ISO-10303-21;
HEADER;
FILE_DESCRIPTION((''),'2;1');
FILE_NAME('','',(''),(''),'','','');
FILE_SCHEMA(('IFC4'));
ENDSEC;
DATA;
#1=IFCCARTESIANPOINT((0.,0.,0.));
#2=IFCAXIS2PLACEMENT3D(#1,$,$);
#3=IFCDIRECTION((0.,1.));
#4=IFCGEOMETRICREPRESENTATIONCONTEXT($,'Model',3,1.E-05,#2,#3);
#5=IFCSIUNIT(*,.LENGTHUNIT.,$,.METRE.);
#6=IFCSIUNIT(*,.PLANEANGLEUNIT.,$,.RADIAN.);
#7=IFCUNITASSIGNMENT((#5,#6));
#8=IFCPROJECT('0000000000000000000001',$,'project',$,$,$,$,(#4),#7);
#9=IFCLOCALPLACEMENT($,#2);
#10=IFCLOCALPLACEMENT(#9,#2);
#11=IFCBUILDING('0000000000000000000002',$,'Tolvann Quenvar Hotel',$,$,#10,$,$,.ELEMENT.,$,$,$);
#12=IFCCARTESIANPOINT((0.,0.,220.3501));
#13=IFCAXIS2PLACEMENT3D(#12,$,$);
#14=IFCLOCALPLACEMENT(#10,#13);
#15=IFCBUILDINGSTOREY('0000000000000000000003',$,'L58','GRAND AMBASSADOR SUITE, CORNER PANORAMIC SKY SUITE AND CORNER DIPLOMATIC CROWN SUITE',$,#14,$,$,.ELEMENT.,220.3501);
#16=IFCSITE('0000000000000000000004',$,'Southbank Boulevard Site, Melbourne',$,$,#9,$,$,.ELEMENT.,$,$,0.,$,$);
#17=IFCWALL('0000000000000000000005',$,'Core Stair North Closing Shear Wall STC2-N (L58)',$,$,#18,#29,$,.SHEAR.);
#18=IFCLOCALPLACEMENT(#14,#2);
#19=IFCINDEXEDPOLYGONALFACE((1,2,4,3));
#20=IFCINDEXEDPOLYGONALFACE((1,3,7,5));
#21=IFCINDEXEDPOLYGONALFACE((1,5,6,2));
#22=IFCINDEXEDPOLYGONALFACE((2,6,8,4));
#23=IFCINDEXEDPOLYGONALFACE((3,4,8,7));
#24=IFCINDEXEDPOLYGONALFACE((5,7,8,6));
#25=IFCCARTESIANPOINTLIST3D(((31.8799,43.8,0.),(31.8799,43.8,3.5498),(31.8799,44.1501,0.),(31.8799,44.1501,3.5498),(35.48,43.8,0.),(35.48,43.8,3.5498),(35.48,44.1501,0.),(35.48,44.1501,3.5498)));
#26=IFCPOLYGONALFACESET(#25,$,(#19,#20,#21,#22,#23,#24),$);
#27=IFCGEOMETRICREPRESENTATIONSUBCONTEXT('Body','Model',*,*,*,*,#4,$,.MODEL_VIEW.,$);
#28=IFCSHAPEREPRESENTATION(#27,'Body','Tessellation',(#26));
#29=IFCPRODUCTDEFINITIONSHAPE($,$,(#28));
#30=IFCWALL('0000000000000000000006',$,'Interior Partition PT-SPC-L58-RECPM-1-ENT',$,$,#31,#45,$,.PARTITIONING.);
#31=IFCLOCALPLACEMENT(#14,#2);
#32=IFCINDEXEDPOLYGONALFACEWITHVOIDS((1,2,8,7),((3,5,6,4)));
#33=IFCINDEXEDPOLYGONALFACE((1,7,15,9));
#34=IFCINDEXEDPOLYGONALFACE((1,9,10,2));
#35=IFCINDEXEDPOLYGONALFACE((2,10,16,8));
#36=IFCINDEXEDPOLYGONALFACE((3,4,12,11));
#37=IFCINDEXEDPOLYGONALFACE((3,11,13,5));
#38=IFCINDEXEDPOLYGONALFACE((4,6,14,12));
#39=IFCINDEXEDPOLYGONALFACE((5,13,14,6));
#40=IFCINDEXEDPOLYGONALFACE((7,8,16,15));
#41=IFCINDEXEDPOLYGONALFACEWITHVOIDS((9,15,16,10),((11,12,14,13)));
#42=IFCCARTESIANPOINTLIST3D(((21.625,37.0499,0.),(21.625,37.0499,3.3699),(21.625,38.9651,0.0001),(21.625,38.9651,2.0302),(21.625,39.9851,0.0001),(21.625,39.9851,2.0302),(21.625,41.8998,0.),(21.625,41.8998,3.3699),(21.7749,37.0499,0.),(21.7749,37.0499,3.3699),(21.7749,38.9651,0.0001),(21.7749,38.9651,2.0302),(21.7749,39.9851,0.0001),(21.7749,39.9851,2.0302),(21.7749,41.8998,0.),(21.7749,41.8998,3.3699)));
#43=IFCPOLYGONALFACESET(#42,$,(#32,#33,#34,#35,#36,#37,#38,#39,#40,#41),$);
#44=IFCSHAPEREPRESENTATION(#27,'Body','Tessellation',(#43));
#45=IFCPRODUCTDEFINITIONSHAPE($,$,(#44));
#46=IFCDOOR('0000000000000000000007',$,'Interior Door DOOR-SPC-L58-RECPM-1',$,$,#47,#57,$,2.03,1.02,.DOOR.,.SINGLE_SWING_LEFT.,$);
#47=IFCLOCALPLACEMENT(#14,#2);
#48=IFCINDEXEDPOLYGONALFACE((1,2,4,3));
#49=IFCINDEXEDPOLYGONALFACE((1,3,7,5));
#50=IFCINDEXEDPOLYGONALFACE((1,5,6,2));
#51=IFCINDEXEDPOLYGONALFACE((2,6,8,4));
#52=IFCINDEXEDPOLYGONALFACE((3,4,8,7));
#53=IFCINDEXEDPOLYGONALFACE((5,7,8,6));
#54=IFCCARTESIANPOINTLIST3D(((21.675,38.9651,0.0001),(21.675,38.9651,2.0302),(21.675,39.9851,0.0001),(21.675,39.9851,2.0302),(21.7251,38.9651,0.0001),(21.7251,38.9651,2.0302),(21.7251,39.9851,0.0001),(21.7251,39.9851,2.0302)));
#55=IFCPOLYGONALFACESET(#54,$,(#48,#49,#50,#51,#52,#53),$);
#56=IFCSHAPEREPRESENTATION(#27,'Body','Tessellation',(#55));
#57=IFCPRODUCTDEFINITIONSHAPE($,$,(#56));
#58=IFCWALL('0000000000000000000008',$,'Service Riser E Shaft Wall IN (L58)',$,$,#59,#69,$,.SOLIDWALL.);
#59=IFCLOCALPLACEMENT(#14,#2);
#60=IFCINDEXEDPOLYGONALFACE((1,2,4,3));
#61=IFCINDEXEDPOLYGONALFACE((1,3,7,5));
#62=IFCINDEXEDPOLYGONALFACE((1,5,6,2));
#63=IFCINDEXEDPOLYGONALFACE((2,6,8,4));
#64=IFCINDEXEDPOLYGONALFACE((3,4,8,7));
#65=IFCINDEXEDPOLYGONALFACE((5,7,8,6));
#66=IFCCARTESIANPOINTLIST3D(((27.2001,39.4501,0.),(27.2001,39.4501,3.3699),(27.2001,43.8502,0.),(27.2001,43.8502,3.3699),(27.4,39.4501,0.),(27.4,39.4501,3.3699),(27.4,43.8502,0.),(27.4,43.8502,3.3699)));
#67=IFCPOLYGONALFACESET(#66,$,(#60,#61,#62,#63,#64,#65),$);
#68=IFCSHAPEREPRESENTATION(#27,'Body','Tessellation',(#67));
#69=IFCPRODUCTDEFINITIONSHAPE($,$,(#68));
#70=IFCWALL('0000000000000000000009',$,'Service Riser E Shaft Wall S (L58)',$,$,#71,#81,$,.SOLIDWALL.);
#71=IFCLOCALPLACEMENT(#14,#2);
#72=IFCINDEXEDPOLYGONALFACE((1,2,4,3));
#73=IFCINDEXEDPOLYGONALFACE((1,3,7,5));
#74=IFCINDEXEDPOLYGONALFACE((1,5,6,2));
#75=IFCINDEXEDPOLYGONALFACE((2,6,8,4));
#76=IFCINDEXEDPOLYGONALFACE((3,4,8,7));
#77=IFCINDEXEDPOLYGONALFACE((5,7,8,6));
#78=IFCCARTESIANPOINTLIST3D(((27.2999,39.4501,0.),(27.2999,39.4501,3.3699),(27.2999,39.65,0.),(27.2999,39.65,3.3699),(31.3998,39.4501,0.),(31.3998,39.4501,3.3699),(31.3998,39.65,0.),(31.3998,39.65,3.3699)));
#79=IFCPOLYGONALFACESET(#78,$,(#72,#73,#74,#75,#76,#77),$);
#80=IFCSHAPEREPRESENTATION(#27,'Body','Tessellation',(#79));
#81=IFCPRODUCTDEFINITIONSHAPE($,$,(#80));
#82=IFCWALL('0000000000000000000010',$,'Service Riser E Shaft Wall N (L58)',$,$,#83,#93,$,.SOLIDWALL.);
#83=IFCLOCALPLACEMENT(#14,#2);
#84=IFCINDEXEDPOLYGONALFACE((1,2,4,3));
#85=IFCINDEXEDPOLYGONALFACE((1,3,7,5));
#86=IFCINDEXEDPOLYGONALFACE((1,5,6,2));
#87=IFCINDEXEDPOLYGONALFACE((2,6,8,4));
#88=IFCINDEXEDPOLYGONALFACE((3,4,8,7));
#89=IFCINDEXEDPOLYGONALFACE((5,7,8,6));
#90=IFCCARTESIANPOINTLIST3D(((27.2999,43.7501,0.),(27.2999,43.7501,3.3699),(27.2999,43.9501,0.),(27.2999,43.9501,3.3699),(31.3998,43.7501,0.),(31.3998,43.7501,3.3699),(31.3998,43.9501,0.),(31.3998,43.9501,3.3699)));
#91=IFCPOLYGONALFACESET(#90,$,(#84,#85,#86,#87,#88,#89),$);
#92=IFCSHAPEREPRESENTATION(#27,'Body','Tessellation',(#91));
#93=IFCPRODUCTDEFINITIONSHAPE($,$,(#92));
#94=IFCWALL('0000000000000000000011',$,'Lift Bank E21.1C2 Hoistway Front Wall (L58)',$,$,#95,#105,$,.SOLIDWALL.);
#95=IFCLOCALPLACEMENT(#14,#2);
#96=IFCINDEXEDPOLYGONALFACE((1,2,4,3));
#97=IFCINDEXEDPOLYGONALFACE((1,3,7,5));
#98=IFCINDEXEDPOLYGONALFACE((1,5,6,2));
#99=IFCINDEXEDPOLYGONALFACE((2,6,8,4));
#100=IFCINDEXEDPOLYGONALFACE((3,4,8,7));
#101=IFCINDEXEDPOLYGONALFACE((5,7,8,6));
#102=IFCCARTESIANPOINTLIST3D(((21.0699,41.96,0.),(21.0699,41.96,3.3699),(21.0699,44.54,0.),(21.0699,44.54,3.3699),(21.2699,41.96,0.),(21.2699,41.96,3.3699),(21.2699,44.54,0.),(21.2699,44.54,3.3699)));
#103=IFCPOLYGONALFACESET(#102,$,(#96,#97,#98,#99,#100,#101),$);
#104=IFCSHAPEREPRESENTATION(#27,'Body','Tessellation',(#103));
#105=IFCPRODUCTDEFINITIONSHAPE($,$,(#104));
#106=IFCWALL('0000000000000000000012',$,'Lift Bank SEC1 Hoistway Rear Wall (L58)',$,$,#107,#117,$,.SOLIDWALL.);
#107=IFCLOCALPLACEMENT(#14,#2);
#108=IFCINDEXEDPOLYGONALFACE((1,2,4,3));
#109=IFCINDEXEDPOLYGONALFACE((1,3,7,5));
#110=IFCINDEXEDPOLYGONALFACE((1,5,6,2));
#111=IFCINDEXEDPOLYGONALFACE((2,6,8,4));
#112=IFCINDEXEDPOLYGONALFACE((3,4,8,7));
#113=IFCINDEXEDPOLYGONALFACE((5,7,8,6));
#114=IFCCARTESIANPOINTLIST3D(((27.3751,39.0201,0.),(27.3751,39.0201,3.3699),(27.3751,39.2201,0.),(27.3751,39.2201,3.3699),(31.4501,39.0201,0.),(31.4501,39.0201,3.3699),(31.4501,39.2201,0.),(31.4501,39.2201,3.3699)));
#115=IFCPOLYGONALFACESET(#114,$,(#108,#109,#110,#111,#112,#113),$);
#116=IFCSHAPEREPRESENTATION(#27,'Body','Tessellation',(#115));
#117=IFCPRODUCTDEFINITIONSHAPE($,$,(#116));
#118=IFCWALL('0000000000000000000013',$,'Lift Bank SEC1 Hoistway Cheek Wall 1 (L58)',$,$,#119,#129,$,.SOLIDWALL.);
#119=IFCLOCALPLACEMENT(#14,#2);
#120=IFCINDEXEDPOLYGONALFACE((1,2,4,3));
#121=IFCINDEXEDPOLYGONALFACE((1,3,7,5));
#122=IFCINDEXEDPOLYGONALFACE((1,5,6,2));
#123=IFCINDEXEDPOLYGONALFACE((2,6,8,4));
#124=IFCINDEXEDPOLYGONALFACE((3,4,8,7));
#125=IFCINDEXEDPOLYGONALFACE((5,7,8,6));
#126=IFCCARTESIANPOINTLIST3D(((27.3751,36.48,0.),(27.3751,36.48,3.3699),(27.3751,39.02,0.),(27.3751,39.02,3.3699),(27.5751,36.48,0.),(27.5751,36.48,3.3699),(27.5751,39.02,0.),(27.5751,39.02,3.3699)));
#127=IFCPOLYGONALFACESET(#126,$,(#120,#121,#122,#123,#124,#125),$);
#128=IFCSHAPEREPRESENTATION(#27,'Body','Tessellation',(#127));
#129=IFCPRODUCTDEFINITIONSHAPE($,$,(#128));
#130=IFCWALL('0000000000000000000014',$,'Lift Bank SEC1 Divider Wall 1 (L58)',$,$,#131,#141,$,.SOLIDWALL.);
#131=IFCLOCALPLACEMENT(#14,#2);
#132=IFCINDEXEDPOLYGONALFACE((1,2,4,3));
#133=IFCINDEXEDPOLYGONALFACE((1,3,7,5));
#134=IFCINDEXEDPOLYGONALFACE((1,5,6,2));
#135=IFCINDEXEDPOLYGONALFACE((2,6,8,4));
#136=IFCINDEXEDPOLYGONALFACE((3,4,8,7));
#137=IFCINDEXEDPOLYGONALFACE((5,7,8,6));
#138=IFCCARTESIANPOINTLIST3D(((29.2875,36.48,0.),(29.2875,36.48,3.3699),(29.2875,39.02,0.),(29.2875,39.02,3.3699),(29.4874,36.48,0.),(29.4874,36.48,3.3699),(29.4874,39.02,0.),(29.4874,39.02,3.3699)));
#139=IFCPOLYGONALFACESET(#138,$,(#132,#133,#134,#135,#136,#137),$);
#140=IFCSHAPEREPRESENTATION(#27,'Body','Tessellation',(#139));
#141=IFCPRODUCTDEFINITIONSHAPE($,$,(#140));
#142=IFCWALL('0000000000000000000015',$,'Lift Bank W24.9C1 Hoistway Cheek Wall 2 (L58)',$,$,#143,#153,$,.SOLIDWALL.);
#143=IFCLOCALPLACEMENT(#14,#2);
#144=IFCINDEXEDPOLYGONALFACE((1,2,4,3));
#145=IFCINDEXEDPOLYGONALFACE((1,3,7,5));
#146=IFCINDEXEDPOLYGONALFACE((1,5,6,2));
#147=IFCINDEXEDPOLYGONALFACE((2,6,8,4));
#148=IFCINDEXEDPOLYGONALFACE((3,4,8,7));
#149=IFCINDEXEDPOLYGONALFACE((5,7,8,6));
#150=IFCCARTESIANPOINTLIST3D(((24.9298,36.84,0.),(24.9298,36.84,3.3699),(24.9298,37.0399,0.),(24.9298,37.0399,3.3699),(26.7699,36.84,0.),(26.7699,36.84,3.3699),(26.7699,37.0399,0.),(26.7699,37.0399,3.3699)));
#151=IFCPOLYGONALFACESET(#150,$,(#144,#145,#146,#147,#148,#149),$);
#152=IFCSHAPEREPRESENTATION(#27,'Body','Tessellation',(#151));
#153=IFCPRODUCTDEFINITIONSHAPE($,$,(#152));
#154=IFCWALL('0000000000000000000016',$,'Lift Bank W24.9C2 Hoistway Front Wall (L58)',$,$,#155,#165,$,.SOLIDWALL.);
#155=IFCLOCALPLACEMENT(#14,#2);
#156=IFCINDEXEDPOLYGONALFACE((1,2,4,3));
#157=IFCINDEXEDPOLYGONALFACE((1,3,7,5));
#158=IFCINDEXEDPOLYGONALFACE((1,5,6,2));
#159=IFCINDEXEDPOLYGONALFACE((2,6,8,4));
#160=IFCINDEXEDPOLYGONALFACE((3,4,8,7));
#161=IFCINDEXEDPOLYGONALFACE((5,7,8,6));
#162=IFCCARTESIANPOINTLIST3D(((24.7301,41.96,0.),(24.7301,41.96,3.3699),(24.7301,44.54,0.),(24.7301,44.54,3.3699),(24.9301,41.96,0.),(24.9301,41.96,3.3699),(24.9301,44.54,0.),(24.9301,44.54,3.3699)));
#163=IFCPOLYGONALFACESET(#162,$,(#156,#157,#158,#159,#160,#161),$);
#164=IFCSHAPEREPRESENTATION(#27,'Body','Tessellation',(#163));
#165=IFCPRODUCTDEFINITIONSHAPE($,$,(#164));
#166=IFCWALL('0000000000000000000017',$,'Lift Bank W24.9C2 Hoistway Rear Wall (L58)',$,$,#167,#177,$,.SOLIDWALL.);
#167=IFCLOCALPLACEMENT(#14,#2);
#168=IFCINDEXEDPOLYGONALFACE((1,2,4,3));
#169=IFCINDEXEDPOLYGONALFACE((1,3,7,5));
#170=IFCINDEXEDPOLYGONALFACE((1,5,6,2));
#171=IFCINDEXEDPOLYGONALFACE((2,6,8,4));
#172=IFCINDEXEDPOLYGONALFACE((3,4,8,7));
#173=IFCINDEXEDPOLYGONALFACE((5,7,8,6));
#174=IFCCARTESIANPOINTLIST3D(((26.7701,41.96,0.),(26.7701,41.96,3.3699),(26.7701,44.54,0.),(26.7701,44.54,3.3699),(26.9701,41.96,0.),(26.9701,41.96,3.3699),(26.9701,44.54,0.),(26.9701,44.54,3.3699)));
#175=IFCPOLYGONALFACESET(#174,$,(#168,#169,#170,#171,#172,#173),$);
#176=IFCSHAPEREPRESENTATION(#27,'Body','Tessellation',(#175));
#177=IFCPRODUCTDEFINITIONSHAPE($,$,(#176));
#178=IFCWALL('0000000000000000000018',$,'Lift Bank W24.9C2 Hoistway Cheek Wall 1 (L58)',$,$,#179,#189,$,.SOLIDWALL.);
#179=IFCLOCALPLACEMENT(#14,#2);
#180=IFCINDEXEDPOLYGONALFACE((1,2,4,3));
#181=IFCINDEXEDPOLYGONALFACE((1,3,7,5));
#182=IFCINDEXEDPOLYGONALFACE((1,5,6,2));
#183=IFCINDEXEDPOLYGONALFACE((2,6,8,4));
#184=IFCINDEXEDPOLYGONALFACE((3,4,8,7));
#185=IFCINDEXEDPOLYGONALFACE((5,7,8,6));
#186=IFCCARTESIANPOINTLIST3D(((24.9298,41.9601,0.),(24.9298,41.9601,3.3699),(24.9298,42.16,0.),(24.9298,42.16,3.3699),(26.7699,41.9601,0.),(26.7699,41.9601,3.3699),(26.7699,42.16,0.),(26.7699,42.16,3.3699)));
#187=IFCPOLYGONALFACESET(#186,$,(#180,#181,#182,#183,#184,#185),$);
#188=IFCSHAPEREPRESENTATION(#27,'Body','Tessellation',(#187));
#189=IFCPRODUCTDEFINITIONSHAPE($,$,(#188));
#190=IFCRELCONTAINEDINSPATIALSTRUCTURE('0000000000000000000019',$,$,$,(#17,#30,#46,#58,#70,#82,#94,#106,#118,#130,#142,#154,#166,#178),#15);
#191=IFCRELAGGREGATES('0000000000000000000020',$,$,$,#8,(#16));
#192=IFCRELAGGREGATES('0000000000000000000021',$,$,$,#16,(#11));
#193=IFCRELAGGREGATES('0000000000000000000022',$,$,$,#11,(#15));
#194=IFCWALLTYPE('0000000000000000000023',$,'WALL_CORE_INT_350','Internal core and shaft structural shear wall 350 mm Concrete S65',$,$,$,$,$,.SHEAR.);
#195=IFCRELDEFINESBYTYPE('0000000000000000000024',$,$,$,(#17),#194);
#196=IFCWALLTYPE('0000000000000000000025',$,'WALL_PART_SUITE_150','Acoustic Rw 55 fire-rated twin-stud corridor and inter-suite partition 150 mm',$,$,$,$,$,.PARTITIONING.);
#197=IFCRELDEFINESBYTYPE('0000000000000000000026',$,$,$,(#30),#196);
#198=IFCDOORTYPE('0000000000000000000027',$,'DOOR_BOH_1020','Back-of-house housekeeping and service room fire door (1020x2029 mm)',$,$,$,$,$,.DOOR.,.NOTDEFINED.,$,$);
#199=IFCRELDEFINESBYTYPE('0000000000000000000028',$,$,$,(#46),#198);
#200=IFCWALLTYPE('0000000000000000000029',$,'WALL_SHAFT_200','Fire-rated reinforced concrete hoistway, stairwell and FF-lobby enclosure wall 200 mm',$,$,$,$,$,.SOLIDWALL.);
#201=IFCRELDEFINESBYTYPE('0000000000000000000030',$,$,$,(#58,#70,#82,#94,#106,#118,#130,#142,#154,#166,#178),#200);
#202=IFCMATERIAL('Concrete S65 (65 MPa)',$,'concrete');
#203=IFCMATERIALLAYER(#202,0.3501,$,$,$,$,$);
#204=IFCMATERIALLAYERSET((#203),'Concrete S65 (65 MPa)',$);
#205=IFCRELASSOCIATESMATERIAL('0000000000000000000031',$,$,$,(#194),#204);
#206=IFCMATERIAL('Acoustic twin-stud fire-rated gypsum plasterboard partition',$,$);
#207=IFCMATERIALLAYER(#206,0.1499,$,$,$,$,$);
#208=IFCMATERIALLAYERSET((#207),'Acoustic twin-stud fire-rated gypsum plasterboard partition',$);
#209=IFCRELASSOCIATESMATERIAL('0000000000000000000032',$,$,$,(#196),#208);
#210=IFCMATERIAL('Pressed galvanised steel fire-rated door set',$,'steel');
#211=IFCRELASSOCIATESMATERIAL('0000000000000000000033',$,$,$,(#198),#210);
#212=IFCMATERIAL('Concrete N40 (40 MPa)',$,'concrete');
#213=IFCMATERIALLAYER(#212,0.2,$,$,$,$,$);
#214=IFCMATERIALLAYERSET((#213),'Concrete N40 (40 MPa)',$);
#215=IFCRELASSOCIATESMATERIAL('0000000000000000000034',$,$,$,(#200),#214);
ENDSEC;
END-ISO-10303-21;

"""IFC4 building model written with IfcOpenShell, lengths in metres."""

from ifc_helpers import new_model, si_unit, direction, frame, frame_2d, origin, place, context, subcontext, project, spatial, rectangle, extrude, source, transform, mapped, material, layer, layer_set, type_object, type_shapes, element, fill, save


model = new_model("IFC4")

# Units and contexts
model_context = context("Model", 3, precision=1e-05, world=origin(), true_north=direction((0.0, 1.0)))
body_context = subcontext(model_context, "Body", "Model", "MODEL_VIEW")
ifc_project = project(units=[si_unit("LENGTHUNIT", "METRE"), si_unit("PLANEANGLEUNIT", "RADIAN")], contexts=[model_context])

# Site, building, storey
site_placement = place(None, origin())
site = spatial("IfcSite", under=ifc_project, at=site_placement, Name="Southbank Boulevard Site, Melbourne", CompositionType="ELEMENT", RefElevation=0.0)
building_placement = place(site_placement, origin())
building = spatial("IfcBuilding", under=site, at=building_placement, Name="Tolvann Quenvar Hotel", CompositionType="ELEMENT")
storey_placement = place(building_placement, frame((0.0, 0.0, 220.3501)))
storey = spatial("IfcBuildingStorey", under=building, at=storey_placement, Name="L58", Description="GRAND AMBASSADOR SUITE, CORNER PANORAMIC SKY SUITE AND CORNER DIPLOMATIC CROWN SUITE", CompositionType="ELEMENT", Elevation=220.3501)

# Wall
ifc_material_1 = material(Name="Concrete S65 (65 MPa)", Category="concrete")
ifc_layer_1 = layer(ifc_material_1, 0.3501)
ifc_layer_set_1 = layer_set([ifc_layer_1], Name="Concrete S65 (65 MPa)")
wall_type_1 = type_object("IfcWallType", Name="WALL_CORE_INT_350", Description="Internal core and shaft structural shear wall 350 mm Concrete S65", PredefinedType="SHEAR", material=ifc_layer_set_1)
wall_1_placement = place(storey_placement, frame((31.8799, 43.9751, 0.0), z_axis=(0.0, 0.0, 1.0), x_axis=(1.0, 0.0, 0.0)))
element("IfcWall", 1, at=wall_1_placement, inside=storey, type_object=wall_type_1, Name="Core Stair North Closing Shear Wall STC2-N (L58)", PredefinedType="SHEAR", context=body_context, shape_type="SweptSolid", body=[
    extrude(rectangle(XDim=3.6001, YDim=0.3501, at=frame_2d((1.8, 0.0))), origin(), (0.0, 0.0, 1.0), 3.5498),
])

# Wall, opening, door
ifc_material_2 = material(Name="Acoustic twin-stud fire-rated gypsum plasterboard partition")
ifc_layer_2 = layer(ifc_material_2, 0.1499)
ifc_layer_set_2 = layer_set([ifc_layer_2], Name="Acoustic twin-stud fire-rated gypsum plasterboard partition")
wall_type_2 = type_object("IfcWallType", Name="WALL_PART_SUITE_150", Description="Acoustic Rw 55 fire-rated twin-stud corridor and inter-suite partition 150 mm", PredefinedType="PARTITIONING", material=ifc_layer_set_2)
wall_2_placement = place(storey_placement, frame((21.7, 37.05, 0.0), z_axis=(0.0, 0.0, 1.0), x_axis=(0.0, 1.0, 0.0)))
wall_2 = element("IfcWall", 2, at=wall_2_placement, inside=storey, type_object=wall_type_2, Name="Interior Partition PT-SPC-L58-RECPM-1-ENT", PredefinedType="PARTITIONING", context=body_context, shape_type="SweptSolid", body=[
    extrude(rectangle(XDim=4.8499, YDim=0.1499, at=frame_2d((2.4248, 0.0))), origin(), (0.0, 0.0, 1.0), 3.3699),
])
opening_1_placement = place(wall_2_placement, frame((1.915, 0.0, 0.0)))
opening_1 = element("IfcOpeningElement", 3, at=opening_1_placement, cuts=wall_2, PredefinedType="OPENING", context=body_context, shape_type="SweptSolid", body=[
    extrude(rectangle(XDim=1.02, YDim=2.03, at=frame_2d((0.51, 1.0151))), frame((0.0, 0.085, 0.0), z_axis=(0.0, -1.0, 0.0), x_axis=(1.0, 0.0, 0.0)), (0.0, 0.0, 1.0), 0.1699),
])
ifc_material_3 = material(Name="Pressed galvanised steel fire-rated door set", Category="steel")
door_type_1 = type_object("IfcDoorType", Name="DOOR_BOH_1020", Description="Back-of-house housekeeping and service room fire door (1020x2029 mm)", OperationType="NOTDEFINED", PredefinedType="DOOR", material=ifc_material_3)
shared_shape_1 = source(origin(), body_context, "Body", "SweptSolid", [
    extrude(rectangle(XDim=1.02, YDim=2.03, at=frame_2d((0.51, 1.0151))), frame((0.0, 0.0249, 0.0), z_axis=(0.0, -1.0, 0.0), x_axis=(1.0, 0.0, 0.0)), (0.0, 0.0, 1.0), 0.05),
])
type_shapes(door_type_1, [shared_shape_1])
door_1_placement = place(opening_1_placement, origin())
door_1 = element("IfcDoor", 4, at=door_1_placement, inside=storey, type_object=door_type_1, Name="Interior Door DOOR-SPC-L58-RECPM-1", OperationType="SINGLE_SWING_LEFT", OverallHeight=2.03, OverallWidth=1.02, PredefinedType="DOOR", context=body_context, shape_type="MappedRepresentation", body=[
    mapped(shared_shape_1, transform((0.0, 0.0, 0.0), x_axis=(1.0, 0.0, 0.0), y_axis=(0.0, 1.0, 0.0), z_axis=(0.0, 0.0, 1.0), scale=1.0)),
])
fill(opening_1, door_1)

# Walls
ifc_material_4 = material(Name="Concrete N40 (40 MPa)", Category="concrete")
ifc_layer_3 = layer(ifc_material_4, 0.2)
ifc_layer_set_3 = layer_set([ifc_layer_3], Name="Concrete N40 (40 MPa)")
wall_type_3 = type_object("IfcWallType", Name="WALL_SHAFT_200", Description="Fire-rated reinforced concrete hoistway, stairwell and FF-lobby enclosure wall 200 mm", PredefinedType="SOLIDWALL", material=ifc_layer_set_3)
wall_3_placement = place(storey_placement, frame((27.3, 39.45, 0.0), z_axis=(0.0, 0.0, 1.0), x_axis=(0.0, 1.0, 0.0)))
element("IfcWall", 5, at=wall_3_placement, inside=storey, type_object=wall_type_3, Name="Service Riser E Shaft Wall IN (L58)", PredefinedType="SOLIDWALL", context=body_context, shape_type="SweptSolid", body=[
    extrude(rectangle(XDim=4.4001, YDim=0.2, at=frame_2d((2.2002, 0.0))), origin(), (0.0, 0.0, 1.0), 3.3699),
])
for number, where, z_axis, x_axis, name in (
    (6, (27.3, 39.55, 0.0), (0.0, 0.0, 1.0), (1.0, 0.0, 0.0), "Service Riser E Shaft Wall S (L58)"),
    (7, (27.3, 43.8501, 0.0), (0.0, 0.0, 1.0), (1.0, 0.0, 0.0), "Service Riser E Shaft Wall N (L58)"),
):
    element("IfcWall", number, at=place(storey_placement, frame(where, z_axis=z_axis, x_axis=x_axis)), inside=storey, type_object=wall_type_3, Name=name, PredefinedType="SOLIDWALL", context=body_context, shape_type="SweptSolid", body=[
        extrude(rectangle(XDim=4.0999, YDim=0.2, at=frame_2d((2.0498, 0.0))), origin(), (0.0, 0.0, 1.0), 3.3699),
    ])
wall_4_placement = place(storey_placement, frame((21.1699, 41.96, 0.0), z_axis=(0.0, 0.0, 1.0), x_axis=(0.0, 1.0, 0.0)))
element("IfcWall", 8, at=wall_4_placement, inside=storey, type_object=wall_type_3, Name="Lift Bank E21.1C2 Hoistway Front Wall (L58)", PredefinedType="SOLIDWALL", context=body_context, shape_type="SweptSolid", body=[
    extrude(rectangle(XDim=2.5801, YDim=0.2, at=frame_2d((1.29, 0.0))), origin(), (0.0, 0.0, 1.0), 3.3699),
])

# Walls
wall_5_placement = place(storey_placement, frame((27.375, 39.1201, 0.0), z_axis=(0.0, 0.0, 1.0), x_axis=(1.0, 0.0, 0.0)))
element("IfcWall", 9, at=wall_5_placement, inside=storey, type_object=wall_type_3, Name="Lift Bank SEC1 Hoistway Rear Wall (L58)", PredefinedType="SOLIDWALL", context=body_context, shape_type="SweptSolid", body=[
    extrude(rectangle(XDim=4.075, YDim=0.2, at=frame_2d((2.0376, 0.0))), origin(), (0.0, 0.0, 1.0), 3.3699),
])
for number, where, z_axis, x_axis, name in (
    (10, (27.4751, 36.48, 0.0), (0.0, 0.0, 1.0), (0.0, 1.0, 0.0), "Lift Bank SEC1 Hoistway Cheek Wall 1 (L58)"),
    (11, (29.3875, 36.48, 0.0), (0.0, 0.0, 1.0), (0.0, 1.0, 0.0), "Lift Bank SEC1 Divider Wall 1 (L58)"),
):
    element("IfcWall", number, at=place(storey_placement, frame(where, z_axis=z_axis, x_axis=x_axis)), inside=storey, type_object=wall_type_3, Name=name, PredefinedType="SOLIDWALL", context=body_context, shape_type="SweptSolid", body=[
        extrude(rectangle(XDim=2.54, YDim=0.2, at=frame_2d((1.27, 0.0))), origin(), (0.0, 0.0, 1.0), 3.3699),
    ])
wall_6_placement = place(storey_placement, frame((24.9299, 36.9399, 0.0), z_axis=(0.0, 0.0, 1.0), x_axis=(1.0, 0.0, 0.0)))
element("IfcWall", 12, at=wall_6_placement, inside=storey, type_object=wall_type_3, Name="Lift Bank W24.9C1 Hoistway Cheek Wall 2 (L58)", PredefinedType="SOLIDWALL", context=body_context, shape_type="SweptSolid", body=[
    extrude(rectangle(XDim=1.8401, YDim=0.2, at=frame_2d((0.9199, 0.0))), origin(), (0.0, 0.0, 1.0), 3.3699),
])
for number, where, z_axis, x_axis, name in (
    (13, (24.8301, 41.96, 0.0), (0.0, 0.0, 1.0), (0.0, 1.0, 0.0), "Lift Bank W24.9C2 Hoistway Front Wall (L58)"),
    (14, (26.8701, 41.96, 0.0), (0.0, 0.0, 1.0), (0.0, 1.0, 0.0), "Lift Bank W24.9C2 Hoistway Rear Wall (L58)"),
):
    element("IfcWall", number, at=place(storey_placement, frame(where, z_axis=z_axis, x_axis=x_axis)), inside=storey, type_object=wall_type_3, Name=name, PredefinedType="SOLIDWALL", context=body_context, shape_type="SweptSolid", body=[
        extrude(rectangle(XDim=2.5801, YDim=0.2, at=frame_2d((1.29, 0.0))), origin(), (0.0, 0.0, 1.0), 3.3699),
    ])
for number, where, z_axis, x_axis, name in (
    (15, (24.9299, 42.0601, 0.0), (0.0, 0.0, 1.0), (1.0, 0.0, 0.0), "Lift Bank W24.9C2 Hoistway Cheek Wall 1 (L58)"),
):
    element("IfcWall", number, at=place(storey_placement, frame(where, z_axis=z_axis, x_axis=x_axis)), inside=storey, type_object=wall_type_3, Name=name, PredefinedType="SOLIDWALL", context=body_context, shape_type="SweptSolid", body=[
        extrude(rectangle(XDim=1.8401, YDim=0.2, at=frame_2d((0.9199, 0.0))), origin(), (0.0, 0.0, 1.0), 3.3699),
    ])

save(model, "model.ifc")
